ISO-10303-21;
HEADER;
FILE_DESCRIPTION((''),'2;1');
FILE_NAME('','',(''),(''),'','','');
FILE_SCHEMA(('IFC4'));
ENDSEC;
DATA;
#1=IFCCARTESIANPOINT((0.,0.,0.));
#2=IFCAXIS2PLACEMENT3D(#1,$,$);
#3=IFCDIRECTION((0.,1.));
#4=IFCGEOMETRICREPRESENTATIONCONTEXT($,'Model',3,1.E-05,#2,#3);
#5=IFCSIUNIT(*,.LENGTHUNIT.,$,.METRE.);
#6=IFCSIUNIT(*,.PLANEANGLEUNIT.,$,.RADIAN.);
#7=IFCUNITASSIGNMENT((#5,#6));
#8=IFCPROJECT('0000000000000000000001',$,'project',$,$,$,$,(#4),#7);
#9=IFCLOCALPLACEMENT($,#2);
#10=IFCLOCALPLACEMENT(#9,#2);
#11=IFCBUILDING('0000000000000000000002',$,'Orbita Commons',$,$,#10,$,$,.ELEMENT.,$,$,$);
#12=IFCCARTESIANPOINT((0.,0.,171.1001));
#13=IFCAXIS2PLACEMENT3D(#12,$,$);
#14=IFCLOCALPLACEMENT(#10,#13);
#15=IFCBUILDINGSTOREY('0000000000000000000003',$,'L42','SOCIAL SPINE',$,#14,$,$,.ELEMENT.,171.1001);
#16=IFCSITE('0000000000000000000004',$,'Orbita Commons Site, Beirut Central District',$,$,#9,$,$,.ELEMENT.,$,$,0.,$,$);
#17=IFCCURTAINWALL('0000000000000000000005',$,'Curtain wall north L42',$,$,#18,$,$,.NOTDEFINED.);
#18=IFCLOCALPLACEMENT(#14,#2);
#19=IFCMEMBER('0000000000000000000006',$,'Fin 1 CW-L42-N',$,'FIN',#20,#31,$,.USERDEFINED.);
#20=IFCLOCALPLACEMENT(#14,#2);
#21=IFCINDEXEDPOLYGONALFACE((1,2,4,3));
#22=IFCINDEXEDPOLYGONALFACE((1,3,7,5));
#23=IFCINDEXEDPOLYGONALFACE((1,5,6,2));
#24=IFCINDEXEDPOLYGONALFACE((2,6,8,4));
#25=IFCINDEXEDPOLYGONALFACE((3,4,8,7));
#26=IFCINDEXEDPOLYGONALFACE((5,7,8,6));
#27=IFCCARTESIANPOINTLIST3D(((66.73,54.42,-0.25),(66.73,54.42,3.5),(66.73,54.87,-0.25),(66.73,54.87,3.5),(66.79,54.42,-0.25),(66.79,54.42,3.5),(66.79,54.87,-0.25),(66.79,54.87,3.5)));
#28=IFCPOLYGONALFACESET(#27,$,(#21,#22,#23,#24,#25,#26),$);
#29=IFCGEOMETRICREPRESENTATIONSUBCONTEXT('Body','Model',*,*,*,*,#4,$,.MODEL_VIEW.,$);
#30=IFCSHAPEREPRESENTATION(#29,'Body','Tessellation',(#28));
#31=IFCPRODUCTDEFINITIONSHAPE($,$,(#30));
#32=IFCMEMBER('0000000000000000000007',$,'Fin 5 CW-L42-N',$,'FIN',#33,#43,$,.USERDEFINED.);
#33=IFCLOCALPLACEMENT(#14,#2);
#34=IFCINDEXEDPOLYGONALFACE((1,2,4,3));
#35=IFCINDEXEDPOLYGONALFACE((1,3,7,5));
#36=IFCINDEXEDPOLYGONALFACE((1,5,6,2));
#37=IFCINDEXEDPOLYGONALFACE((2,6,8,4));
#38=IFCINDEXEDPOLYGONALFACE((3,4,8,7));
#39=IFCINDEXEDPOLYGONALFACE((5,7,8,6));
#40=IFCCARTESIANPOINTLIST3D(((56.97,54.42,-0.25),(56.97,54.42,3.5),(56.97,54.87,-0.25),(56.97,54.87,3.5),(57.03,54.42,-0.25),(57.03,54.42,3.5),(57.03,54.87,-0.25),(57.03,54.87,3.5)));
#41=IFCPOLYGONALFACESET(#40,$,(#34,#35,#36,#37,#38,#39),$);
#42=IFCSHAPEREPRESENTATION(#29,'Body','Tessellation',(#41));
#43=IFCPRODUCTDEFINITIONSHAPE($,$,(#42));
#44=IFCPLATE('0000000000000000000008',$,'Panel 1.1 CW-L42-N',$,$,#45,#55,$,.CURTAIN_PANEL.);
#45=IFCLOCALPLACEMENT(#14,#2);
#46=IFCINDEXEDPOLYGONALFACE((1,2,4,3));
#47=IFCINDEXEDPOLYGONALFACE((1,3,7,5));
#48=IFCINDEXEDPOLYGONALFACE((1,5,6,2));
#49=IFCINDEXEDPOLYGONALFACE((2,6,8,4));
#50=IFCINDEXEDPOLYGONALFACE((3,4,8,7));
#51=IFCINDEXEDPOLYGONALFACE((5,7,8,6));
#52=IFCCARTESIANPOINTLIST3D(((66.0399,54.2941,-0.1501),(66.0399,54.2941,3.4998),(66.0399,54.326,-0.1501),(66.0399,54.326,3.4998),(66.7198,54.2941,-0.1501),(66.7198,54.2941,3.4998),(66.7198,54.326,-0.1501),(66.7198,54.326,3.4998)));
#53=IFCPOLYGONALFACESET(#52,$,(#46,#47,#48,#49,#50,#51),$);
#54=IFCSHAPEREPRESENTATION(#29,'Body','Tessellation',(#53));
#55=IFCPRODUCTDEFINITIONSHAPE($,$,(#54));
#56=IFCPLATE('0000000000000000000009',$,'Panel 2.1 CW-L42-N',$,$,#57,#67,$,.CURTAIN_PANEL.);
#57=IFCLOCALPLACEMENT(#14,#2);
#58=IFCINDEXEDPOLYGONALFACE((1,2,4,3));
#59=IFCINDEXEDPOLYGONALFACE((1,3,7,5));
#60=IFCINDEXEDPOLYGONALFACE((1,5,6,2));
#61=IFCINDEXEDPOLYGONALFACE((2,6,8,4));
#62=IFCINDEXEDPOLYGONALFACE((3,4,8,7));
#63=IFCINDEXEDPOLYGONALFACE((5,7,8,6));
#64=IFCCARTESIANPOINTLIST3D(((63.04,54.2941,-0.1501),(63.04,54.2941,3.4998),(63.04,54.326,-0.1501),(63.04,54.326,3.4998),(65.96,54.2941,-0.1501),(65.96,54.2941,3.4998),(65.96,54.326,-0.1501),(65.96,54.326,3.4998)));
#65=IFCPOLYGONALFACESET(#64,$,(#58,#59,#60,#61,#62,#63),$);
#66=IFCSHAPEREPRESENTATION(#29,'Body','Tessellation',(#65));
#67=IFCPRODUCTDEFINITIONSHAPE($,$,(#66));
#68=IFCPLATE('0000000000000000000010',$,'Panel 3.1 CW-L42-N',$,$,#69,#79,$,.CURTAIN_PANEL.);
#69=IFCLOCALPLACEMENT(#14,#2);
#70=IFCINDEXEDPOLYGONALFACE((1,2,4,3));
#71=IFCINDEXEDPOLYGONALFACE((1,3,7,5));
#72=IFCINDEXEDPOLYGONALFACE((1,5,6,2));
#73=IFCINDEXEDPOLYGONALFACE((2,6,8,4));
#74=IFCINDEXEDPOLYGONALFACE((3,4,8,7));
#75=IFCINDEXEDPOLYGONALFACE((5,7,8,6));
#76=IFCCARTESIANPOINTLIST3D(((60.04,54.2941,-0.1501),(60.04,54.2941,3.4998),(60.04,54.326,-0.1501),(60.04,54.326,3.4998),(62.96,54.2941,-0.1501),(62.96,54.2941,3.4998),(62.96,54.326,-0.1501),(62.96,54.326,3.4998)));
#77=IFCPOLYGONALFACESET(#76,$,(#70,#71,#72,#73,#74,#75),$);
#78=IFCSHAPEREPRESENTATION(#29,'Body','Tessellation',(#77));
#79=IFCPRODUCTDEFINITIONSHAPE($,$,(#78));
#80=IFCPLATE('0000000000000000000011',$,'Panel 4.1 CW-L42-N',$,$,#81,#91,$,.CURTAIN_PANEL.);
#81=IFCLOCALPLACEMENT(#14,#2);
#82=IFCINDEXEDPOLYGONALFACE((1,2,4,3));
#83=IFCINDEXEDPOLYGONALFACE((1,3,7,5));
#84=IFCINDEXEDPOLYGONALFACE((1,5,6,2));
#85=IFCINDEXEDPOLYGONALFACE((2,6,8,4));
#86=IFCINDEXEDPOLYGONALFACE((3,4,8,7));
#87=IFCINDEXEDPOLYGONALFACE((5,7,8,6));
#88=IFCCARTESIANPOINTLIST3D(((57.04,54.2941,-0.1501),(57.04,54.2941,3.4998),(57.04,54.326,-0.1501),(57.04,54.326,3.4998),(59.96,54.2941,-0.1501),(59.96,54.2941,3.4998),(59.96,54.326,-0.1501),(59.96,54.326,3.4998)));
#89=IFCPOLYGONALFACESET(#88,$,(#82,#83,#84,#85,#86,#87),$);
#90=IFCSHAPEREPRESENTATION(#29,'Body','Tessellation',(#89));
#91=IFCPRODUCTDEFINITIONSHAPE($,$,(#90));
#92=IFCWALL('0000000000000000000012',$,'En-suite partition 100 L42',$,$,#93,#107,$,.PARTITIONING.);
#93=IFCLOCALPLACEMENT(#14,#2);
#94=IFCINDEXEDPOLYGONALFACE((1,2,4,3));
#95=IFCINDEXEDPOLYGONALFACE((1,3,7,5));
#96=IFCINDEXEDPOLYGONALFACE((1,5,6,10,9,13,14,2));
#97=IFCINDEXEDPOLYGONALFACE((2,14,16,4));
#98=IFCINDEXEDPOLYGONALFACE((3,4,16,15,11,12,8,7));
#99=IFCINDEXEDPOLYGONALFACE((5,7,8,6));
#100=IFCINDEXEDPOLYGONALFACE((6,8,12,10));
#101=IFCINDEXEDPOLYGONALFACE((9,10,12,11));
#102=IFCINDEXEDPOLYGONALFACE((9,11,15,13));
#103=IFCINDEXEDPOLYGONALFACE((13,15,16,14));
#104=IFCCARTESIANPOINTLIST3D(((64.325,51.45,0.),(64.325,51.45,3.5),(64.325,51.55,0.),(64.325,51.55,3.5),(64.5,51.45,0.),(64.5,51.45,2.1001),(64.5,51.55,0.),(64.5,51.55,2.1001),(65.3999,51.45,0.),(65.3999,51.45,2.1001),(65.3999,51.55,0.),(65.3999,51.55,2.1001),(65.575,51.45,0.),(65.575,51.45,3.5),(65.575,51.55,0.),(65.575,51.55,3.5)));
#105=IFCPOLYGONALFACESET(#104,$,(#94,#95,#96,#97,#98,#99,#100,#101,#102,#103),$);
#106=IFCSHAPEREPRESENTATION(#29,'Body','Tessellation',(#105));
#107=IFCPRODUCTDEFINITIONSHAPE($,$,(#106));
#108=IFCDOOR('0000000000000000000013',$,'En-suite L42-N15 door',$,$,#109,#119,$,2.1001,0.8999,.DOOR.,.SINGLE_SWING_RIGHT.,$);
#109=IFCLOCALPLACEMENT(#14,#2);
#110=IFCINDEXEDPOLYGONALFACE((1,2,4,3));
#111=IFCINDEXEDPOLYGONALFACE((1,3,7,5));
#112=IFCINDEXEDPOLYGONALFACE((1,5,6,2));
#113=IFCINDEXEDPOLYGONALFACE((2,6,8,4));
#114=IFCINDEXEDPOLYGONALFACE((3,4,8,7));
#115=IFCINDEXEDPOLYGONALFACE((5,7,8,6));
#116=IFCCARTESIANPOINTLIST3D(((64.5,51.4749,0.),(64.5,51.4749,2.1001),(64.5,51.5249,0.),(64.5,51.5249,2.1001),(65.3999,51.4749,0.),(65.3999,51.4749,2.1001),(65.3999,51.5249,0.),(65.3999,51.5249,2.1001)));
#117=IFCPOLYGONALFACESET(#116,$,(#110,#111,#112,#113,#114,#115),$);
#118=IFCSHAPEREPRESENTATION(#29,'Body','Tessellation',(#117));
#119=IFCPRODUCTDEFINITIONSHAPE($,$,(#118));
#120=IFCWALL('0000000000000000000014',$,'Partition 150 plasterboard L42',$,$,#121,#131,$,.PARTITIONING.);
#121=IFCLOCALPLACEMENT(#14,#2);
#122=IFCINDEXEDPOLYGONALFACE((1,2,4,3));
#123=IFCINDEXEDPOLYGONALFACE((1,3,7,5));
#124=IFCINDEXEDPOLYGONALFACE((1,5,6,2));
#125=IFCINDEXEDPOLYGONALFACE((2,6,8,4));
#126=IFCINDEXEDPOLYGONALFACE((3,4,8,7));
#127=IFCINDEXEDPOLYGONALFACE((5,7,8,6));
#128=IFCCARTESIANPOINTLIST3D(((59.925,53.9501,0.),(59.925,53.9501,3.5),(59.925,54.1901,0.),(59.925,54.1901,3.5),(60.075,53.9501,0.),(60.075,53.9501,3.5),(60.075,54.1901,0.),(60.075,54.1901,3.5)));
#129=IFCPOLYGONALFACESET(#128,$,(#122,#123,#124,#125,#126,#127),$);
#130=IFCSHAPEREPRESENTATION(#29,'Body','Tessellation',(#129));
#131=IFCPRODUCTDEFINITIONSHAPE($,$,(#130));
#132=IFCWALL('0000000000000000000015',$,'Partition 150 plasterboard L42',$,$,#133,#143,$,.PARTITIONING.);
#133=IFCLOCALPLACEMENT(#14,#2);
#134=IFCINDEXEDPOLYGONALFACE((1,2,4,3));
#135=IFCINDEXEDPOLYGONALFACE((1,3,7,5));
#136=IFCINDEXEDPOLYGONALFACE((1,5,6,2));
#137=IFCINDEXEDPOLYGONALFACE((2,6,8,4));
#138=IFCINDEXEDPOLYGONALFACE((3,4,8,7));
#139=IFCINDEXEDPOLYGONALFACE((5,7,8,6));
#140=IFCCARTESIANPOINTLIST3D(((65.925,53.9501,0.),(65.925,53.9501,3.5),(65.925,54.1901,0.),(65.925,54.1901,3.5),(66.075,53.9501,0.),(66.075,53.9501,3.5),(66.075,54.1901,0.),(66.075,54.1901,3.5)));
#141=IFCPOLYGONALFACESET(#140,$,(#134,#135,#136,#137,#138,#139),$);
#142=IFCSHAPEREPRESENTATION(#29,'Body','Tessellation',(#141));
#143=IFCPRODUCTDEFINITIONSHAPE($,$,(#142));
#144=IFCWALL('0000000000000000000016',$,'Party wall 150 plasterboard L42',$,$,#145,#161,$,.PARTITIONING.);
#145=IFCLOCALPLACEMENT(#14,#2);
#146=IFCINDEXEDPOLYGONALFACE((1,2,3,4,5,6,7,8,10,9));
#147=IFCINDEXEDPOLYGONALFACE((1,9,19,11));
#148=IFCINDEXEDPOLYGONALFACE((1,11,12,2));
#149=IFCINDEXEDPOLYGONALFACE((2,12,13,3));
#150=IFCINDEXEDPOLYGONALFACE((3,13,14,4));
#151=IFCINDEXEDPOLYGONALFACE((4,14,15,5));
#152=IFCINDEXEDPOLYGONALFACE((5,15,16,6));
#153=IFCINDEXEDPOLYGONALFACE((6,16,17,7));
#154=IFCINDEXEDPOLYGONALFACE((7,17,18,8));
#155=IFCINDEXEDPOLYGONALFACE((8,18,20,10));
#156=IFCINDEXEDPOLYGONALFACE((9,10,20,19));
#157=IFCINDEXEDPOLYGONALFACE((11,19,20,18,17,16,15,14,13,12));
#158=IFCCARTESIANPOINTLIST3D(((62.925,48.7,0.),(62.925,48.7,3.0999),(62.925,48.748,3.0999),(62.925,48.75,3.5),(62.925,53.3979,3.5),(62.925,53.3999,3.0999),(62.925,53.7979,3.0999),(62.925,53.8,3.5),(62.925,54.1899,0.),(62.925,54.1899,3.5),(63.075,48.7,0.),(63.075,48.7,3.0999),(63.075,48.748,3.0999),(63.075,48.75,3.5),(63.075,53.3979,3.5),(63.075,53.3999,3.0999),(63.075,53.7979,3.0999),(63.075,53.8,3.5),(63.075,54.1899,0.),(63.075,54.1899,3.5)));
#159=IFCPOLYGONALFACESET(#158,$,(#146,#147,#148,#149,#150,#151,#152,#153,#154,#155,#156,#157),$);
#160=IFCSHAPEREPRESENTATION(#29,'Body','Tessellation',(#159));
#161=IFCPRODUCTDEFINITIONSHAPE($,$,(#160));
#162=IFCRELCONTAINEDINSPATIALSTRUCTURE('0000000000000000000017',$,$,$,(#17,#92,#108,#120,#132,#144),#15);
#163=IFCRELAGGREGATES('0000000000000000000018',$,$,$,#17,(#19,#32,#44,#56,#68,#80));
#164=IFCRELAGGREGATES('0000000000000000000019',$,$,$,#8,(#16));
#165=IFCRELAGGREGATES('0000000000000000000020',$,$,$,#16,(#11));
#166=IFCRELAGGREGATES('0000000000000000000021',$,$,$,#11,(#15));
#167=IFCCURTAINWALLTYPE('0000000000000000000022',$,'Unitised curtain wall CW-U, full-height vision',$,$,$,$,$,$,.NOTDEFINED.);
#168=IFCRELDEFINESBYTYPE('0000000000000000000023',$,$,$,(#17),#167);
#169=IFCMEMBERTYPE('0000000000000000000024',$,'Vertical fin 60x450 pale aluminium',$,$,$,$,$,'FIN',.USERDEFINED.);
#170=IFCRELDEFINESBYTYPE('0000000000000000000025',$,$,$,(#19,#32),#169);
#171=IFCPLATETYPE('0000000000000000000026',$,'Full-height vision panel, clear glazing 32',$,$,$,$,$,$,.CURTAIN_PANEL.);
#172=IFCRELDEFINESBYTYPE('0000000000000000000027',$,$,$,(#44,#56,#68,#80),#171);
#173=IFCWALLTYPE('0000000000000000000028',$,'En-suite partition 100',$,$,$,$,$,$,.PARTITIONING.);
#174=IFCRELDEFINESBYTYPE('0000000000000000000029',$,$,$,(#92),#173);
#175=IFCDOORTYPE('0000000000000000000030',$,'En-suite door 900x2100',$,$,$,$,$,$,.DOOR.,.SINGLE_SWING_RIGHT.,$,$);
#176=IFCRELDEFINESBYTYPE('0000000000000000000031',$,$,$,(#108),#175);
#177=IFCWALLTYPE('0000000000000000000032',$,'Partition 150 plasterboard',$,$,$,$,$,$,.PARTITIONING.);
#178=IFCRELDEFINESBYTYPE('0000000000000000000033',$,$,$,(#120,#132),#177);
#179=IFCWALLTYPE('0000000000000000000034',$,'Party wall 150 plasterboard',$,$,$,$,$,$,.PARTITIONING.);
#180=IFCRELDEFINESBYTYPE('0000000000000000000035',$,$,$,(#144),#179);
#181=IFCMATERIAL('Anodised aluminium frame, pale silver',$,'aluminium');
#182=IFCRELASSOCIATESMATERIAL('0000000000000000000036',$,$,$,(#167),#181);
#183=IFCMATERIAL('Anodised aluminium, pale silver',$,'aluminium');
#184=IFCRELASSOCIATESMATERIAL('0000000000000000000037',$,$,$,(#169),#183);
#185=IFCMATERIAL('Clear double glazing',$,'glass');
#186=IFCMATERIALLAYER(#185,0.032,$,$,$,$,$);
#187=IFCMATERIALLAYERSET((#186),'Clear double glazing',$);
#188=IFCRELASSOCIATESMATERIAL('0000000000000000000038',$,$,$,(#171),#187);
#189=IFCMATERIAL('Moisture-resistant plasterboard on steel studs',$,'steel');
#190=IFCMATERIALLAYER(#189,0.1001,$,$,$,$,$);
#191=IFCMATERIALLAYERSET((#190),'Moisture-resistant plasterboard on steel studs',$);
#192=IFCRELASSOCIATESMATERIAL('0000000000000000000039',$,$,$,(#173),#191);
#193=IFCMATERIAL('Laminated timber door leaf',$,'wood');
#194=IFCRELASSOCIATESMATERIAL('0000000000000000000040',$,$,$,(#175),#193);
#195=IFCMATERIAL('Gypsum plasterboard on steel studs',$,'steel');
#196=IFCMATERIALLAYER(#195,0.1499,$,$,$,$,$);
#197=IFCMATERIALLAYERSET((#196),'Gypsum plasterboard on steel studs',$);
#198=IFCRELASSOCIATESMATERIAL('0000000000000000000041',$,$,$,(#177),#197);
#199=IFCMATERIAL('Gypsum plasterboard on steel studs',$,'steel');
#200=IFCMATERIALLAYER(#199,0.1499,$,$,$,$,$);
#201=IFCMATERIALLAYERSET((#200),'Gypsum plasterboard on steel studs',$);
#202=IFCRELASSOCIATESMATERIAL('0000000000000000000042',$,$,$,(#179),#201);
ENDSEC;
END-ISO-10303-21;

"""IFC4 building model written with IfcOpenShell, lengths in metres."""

from ifc_helpers import new_model, si_unit, direction, frame, frame_2d, origin, origin_2d, place, context, subcontext, project, spatial, polyline, rectangle, outline, extrude, material, layer, layer_set, material_profile, profile_set, type_object, element, fill, aggregate, save


model = new_model("IFC4")

# Units and contexts
model_context = context("Model", 3, precision=1e-05, world=origin(), true_north=direction((0.0, 1.0)))
body_context = subcontext(model_context, "Body", "Model", "MODEL_VIEW")
ifc_project = project(units=[si_unit("LENGTHUNIT", "METRE"), si_unit("PLANEANGLEUNIT", "RADIAN")], contexts=[model_context])

# Site, building, storey
site_placement = place(None, origin())
site = spatial("IfcSite", under=ifc_project, at=site_placement, Name="Orbita Commons Site, Beirut Central District", CompositionType="ELEMENT", RefElevation=0.0)
building_placement = place(site_placement, origin())
building = spatial("IfcBuilding", under=site, at=building_placement, Name="Orbita Commons", CompositionType="ELEMENT")
storey_placement = place(building_placement, frame((0.0, 0.0, 171.1001)))
storey = spatial("IfcBuildingStorey", under=building, at=storey_placement, Name="L42", Description="SOCIAL SPINE", CompositionType="ELEMENT", Elevation=171.1001)

# Curtain wall
ifc_material_1 = material(Name="Anodised aluminium frame, pale silver", Category="aluminium")
curtain_wall_type = type_object("IfcCurtainWallType", Name="Unitised curtain wall CW-U, full-height vision", PredefinedType="NOTDEFINED", material=ifc_material_1)
curtain_wall_placement = place(storey_placement, origin())
curtain_wall = element("IfcCurtainWall", 1, at=curtain_wall_placement, inside=storey, type_object=curtain_wall_type, Name="Curtain wall north L42", PredefinedType="NOTDEFINED")

# Members
ifc_material_2 = material(Name="Anodised aluminium, pale silver", Category="aluminium")
ifc_material_profile_1 = material_profile(ifc_material_2, rectangle(XDim=0.0601, YDim=0.45, at=origin_2d()), Name="FIN 60x450")
ifc_profile_set_1 = profile_set([ifc_material_profile_1], Name="Anodised aluminium, pale silver")
member_type_1 = type_object("IfcMemberType", Name="Vertical fin 60x450 pale aluminium", ElementType="FIN", PredefinedType="USERDEFINED", material=ifc_profile_set_1)
member_1_placement = place(storey_placement, frame((66.76, 54.645, -0.25), z_axis=(0.0, 0.0, 1.0), x_axis=(-1.0, 0.0, 0.0)))
member_1 = element("IfcMember", 2, at=member_1_placement, type_object=member_type_1, Name="Fin 1 CW-L42-N", ObjectType="FIN", PredefinedType="USERDEFINED", context=body_context, shape_type="SweptSolid", body=[
    extrude(rectangle(XDim=0.0601, YDim=0.45, at=origin_2d()), origin(), (0.0, 0.0, 1.0), 3.75),
])
member_2_placement = place(storey_placement, frame((57.0, 54.645, -0.25), z_axis=(0.0, 0.0, 1.0), x_axis=(-1.0, 0.0, 0.0)))
member_2 = element("IfcMember", 3, at=member_2_placement, type_object=member_type_1, Name="Fin 5 CW-L42-N", ObjectType="FIN", PredefinedType="USERDEFINED", context=body_context, shape_type="SweptSolid", body=[
    extrude(rectangle(XDim=0.0601, YDim=0.45, at=origin_2d()), origin(), (0.0, 0.0, 1.0), 3.75),
])

# Plates
ifc_material_3 = material(Name="Clear double glazing", Category="glass")
ifc_layer_1 = layer(ifc_material_3, 0.032)
ifc_layer_set_1 = layer_set([ifc_layer_1], Name="Clear double glazing")
plate_type = type_object("IfcPlateType", Name="Full-height vision panel, clear glazing 32", PredefinedType="CURTAIN_PANEL", material=ifc_layer_set_1)
plate_1_placement = place(storey_placement, frame((66.3799, 54.3101, -0.1501), z_axis=(0.0, 0.0, 1.0), x_axis=(-1.0, 0.0, 0.0)))
plate_1 = element("IfcPlate", 4, at=plate_1_placement, type_object=plate_type, Name="Panel 1.1 CW-L42-N", PredefinedType="CURTAIN_PANEL", context=body_context, shape_type="SweptSolid", body=[
    extrude(rectangle(XDim=0.6799, YDim=0.032, at=origin_2d()), origin(), (0.0, 0.0, 1.0), 3.6499),
])
plate_2_placement = place(storey_placement, frame((64.5, 54.3101, -0.1501), z_axis=(0.0, 0.0, 1.0), x_axis=(-1.0, 0.0, 0.0)))
plate_2 = element("IfcPlate", 5, at=plate_2_placement, type_object=plate_type, Name="Panel 2.1 CW-L42-N", PredefinedType="CURTAIN_PANEL", context=body_context, shape_type="SweptSolid", body=[
    extrude(rectangle(XDim=2.9199, YDim=0.032, at=origin_2d()), origin(), (0.0, 0.0, 1.0), 3.6499),
])
plate_3_placement = place(storey_placement, frame((61.5, 54.3101, -0.1501), z_axis=(0.0, 0.0, 1.0), x_axis=(-1.0, 0.0, 0.0)))
plate_3 = element("IfcPlate", 6, at=plate_3_placement, type_object=plate_type, Name="Panel 3.1 CW-L42-N", PredefinedType="CURTAIN_PANEL", context=body_context, shape_type="SweptSolid", body=[
    extrude(rectangle(XDim=2.9199, YDim=0.032, at=origin_2d()), origin(), (0.0, 0.0, 1.0), 3.6499),
])
plate_4_placement = place(storey_placement, frame((58.5, 54.3101, -0.1501), z_axis=(0.0, 0.0, 1.0), x_axis=(-1.0, 0.0, 0.0)))
plate_4 = element("IfcPlate", 7, at=plate_4_placement, type_object=plate_type, Name="Panel 4.1 CW-L42-N", PredefinedType="CURTAIN_PANEL", context=body_context, shape_type="SweptSolid", body=[
    extrude(rectangle(XDim=2.9199, YDim=0.032, at=origin_2d()), origin(), (0.0, 0.0, 1.0), 3.6499),
])
aggregate(curtain_wall, [member_1, member_2, plate_1, plate_2, plate_3, plate_4])

# Wall, opening, door
ifc_material_4 = material(Name="Moisture-resistant plasterboard on steel studs", Category="steel")
ifc_layer_2 = layer(ifc_material_4, 0.1001)
ifc_layer_set_2 = layer_set([ifc_layer_2], Name="Moisture-resistant plasterboard on steel studs")
wall_type_1 = type_object("IfcWallType", Name="En-suite partition 100", PredefinedType="PARTITIONING", material=ifc_layer_set_2)
wall_1_placement = place(storey_placement, frame((64.325, 51.5, 0.0), z_axis=(0.0, 0.0, 1.0), x_axis=(1.0, 0.0, 0.0)))
wall_1 = element("IfcWall", 8, at=wall_1_placement, inside=storey, type_object=wall_type_1, Name="En-suite partition 100 L42", PredefinedType="PARTITIONING", context=body_context, shape_type="SweptSolid", body=[
    extrude(rectangle(XDim=1.25, YDim=0.1001, at=frame_2d((0.625, 0.0))), origin(), (0.0, 0.0, 1.0), 3.5),
])
opening_1_placement = place(wall_1_placement, frame((0.175, 0.0, 0.0)))
opening_1 = element("IfcOpeningElement", 9, at=opening_1_placement, cuts=wall_1, PredefinedType="OPENING", context=body_context, shape_type="SweptSolid", body=[
    extrude(rectangle(XDim=0.8999, YDim=2.1001, at=frame_2d((0.45, 1.05))), frame((0.0, 0.0601, 0.0), z_axis=(0.0, -1.0, 0.0), x_axis=(1.0, 0.0, 0.0)), (0.0, 0.0, 1.0), 0.1201),
])
ifc_material_5 = material(Name="Laminated timber door leaf", Category="wood")
door_type = type_object("IfcDoorType", Name="En-suite door 900x2100", OperationType="SINGLE_SWING_RIGHT", PredefinedType="DOOR", material=ifc_material_5)
door_placement = place(opening_1_placement, origin())
door = element("IfcDoor", 10, at=door_placement, inside=storey, type_object=door_type, Name="En-suite L42-N15 door", OperationType="SINGLE_SWING_RIGHT", OverallHeight=2.1001, OverallWidth=0.8999, PredefinedType="DOOR", context=body_context, shape_type="SweptSolid", body=[
    extrude(rectangle(XDim=0.8999, YDim=2.1001, at=frame_2d((0.45, 1.05))), frame((0.0, 0.0249, 0.0), z_axis=(0.0, -1.0, 0.0), x_axis=(1.0, 0.0, 0.0)), (0.0, 0.0, 1.0), 0.05),
])
fill(opening_1, door)

# Walls
ifc_material_6 = material(Name="Gypsum plasterboard on steel studs", Category="steel")
ifc_layer_3 = layer(ifc_material_6, 0.1499)
ifc_layer_set_3 = layer_set([ifc_layer_3], Name="Gypsum plasterboard on steel studs")
wall_type_2 = type_object("IfcWallType", Name="Partition 150 plasterboard", PredefinedType="PARTITIONING", material=ifc_layer_set_3)
for number, where, z_axis, x_axis, name in (
    (11, (60.0, 53.95, 0.0), (0.0, 0.0, 1.0), (0.0, 1.0, 0.0), "Partition 150 plasterboard L42"),
    (12, (66.0, 53.95, 0.0), (0.0, 0.0, 1.0), (0.0, 1.0, 0.0), "Partition 150 plasterboard L42"),
):
    element("IfcWall", number, at=place(storey_placement, frame(where, z_axis=z_axis, x_axis=x_axis)), inside=storey, type_object=wall_type_2, Name=name, PredefinedType="PARTITIONING", context=body_context, shape_type="SweptSolid", body=[
        extrude(rectangle(XDim=0.24, YDim=0.1499, at=frame_2d((0.1201, 0.0))), origin(), (0.0, 0.0, 1.0), 3.5),
    ])
ifc_material_7 = material(Name="Gypsum plasterboard on steel studs", Category="steel")
ifc_layer_4 = layer(ifc_material_7, 0.1499)
ifc_layer_set_4 = layer_set([ifc_layer_4], Name="Gypsum plasterboard on steel studs")
wall_type_3 = type_object("IfcWallType", Name="Party wall 150 plasterboard", PredefinedType="PARTITIONING", material=ifc_layer_set_4)
wall_2_placement = place(storey_placement, frame((63.0, 54.1899, 0.0), z_axis=(0.0, 0.0, 1.0), x_axis=(0.0, -1.0, 0.0)))
element("IfcWall", 13, at=wall_2_placement, inside=storey, type_object=wall_type_3, Name="Party wall 150 plasterboard L42", PredefinedType="PARTITIONING", context=body_context, shape_type="SweptSolid", body=[
    extrude(outline(polyline([(0.0, 0.0), (5.49, 0.0), (5.49, 3.0999), (5.4419, 3.0999), (5.4399, 3.5), (0.792, 3.5), (0.79, 3.0999), (0.3921, 3.0999), (0.3899, 3.5), (0.0, 3.5), (0.0, 0.0)])), frame((0.0, 0.075, 0.0), z_axis=(0.0, -1.0, 0.0), x_axis=(1.0, 0.0, 0.0)), (0.0, 0.0, 1.0), 0.1499),
])

save(model, "model.ifc")
